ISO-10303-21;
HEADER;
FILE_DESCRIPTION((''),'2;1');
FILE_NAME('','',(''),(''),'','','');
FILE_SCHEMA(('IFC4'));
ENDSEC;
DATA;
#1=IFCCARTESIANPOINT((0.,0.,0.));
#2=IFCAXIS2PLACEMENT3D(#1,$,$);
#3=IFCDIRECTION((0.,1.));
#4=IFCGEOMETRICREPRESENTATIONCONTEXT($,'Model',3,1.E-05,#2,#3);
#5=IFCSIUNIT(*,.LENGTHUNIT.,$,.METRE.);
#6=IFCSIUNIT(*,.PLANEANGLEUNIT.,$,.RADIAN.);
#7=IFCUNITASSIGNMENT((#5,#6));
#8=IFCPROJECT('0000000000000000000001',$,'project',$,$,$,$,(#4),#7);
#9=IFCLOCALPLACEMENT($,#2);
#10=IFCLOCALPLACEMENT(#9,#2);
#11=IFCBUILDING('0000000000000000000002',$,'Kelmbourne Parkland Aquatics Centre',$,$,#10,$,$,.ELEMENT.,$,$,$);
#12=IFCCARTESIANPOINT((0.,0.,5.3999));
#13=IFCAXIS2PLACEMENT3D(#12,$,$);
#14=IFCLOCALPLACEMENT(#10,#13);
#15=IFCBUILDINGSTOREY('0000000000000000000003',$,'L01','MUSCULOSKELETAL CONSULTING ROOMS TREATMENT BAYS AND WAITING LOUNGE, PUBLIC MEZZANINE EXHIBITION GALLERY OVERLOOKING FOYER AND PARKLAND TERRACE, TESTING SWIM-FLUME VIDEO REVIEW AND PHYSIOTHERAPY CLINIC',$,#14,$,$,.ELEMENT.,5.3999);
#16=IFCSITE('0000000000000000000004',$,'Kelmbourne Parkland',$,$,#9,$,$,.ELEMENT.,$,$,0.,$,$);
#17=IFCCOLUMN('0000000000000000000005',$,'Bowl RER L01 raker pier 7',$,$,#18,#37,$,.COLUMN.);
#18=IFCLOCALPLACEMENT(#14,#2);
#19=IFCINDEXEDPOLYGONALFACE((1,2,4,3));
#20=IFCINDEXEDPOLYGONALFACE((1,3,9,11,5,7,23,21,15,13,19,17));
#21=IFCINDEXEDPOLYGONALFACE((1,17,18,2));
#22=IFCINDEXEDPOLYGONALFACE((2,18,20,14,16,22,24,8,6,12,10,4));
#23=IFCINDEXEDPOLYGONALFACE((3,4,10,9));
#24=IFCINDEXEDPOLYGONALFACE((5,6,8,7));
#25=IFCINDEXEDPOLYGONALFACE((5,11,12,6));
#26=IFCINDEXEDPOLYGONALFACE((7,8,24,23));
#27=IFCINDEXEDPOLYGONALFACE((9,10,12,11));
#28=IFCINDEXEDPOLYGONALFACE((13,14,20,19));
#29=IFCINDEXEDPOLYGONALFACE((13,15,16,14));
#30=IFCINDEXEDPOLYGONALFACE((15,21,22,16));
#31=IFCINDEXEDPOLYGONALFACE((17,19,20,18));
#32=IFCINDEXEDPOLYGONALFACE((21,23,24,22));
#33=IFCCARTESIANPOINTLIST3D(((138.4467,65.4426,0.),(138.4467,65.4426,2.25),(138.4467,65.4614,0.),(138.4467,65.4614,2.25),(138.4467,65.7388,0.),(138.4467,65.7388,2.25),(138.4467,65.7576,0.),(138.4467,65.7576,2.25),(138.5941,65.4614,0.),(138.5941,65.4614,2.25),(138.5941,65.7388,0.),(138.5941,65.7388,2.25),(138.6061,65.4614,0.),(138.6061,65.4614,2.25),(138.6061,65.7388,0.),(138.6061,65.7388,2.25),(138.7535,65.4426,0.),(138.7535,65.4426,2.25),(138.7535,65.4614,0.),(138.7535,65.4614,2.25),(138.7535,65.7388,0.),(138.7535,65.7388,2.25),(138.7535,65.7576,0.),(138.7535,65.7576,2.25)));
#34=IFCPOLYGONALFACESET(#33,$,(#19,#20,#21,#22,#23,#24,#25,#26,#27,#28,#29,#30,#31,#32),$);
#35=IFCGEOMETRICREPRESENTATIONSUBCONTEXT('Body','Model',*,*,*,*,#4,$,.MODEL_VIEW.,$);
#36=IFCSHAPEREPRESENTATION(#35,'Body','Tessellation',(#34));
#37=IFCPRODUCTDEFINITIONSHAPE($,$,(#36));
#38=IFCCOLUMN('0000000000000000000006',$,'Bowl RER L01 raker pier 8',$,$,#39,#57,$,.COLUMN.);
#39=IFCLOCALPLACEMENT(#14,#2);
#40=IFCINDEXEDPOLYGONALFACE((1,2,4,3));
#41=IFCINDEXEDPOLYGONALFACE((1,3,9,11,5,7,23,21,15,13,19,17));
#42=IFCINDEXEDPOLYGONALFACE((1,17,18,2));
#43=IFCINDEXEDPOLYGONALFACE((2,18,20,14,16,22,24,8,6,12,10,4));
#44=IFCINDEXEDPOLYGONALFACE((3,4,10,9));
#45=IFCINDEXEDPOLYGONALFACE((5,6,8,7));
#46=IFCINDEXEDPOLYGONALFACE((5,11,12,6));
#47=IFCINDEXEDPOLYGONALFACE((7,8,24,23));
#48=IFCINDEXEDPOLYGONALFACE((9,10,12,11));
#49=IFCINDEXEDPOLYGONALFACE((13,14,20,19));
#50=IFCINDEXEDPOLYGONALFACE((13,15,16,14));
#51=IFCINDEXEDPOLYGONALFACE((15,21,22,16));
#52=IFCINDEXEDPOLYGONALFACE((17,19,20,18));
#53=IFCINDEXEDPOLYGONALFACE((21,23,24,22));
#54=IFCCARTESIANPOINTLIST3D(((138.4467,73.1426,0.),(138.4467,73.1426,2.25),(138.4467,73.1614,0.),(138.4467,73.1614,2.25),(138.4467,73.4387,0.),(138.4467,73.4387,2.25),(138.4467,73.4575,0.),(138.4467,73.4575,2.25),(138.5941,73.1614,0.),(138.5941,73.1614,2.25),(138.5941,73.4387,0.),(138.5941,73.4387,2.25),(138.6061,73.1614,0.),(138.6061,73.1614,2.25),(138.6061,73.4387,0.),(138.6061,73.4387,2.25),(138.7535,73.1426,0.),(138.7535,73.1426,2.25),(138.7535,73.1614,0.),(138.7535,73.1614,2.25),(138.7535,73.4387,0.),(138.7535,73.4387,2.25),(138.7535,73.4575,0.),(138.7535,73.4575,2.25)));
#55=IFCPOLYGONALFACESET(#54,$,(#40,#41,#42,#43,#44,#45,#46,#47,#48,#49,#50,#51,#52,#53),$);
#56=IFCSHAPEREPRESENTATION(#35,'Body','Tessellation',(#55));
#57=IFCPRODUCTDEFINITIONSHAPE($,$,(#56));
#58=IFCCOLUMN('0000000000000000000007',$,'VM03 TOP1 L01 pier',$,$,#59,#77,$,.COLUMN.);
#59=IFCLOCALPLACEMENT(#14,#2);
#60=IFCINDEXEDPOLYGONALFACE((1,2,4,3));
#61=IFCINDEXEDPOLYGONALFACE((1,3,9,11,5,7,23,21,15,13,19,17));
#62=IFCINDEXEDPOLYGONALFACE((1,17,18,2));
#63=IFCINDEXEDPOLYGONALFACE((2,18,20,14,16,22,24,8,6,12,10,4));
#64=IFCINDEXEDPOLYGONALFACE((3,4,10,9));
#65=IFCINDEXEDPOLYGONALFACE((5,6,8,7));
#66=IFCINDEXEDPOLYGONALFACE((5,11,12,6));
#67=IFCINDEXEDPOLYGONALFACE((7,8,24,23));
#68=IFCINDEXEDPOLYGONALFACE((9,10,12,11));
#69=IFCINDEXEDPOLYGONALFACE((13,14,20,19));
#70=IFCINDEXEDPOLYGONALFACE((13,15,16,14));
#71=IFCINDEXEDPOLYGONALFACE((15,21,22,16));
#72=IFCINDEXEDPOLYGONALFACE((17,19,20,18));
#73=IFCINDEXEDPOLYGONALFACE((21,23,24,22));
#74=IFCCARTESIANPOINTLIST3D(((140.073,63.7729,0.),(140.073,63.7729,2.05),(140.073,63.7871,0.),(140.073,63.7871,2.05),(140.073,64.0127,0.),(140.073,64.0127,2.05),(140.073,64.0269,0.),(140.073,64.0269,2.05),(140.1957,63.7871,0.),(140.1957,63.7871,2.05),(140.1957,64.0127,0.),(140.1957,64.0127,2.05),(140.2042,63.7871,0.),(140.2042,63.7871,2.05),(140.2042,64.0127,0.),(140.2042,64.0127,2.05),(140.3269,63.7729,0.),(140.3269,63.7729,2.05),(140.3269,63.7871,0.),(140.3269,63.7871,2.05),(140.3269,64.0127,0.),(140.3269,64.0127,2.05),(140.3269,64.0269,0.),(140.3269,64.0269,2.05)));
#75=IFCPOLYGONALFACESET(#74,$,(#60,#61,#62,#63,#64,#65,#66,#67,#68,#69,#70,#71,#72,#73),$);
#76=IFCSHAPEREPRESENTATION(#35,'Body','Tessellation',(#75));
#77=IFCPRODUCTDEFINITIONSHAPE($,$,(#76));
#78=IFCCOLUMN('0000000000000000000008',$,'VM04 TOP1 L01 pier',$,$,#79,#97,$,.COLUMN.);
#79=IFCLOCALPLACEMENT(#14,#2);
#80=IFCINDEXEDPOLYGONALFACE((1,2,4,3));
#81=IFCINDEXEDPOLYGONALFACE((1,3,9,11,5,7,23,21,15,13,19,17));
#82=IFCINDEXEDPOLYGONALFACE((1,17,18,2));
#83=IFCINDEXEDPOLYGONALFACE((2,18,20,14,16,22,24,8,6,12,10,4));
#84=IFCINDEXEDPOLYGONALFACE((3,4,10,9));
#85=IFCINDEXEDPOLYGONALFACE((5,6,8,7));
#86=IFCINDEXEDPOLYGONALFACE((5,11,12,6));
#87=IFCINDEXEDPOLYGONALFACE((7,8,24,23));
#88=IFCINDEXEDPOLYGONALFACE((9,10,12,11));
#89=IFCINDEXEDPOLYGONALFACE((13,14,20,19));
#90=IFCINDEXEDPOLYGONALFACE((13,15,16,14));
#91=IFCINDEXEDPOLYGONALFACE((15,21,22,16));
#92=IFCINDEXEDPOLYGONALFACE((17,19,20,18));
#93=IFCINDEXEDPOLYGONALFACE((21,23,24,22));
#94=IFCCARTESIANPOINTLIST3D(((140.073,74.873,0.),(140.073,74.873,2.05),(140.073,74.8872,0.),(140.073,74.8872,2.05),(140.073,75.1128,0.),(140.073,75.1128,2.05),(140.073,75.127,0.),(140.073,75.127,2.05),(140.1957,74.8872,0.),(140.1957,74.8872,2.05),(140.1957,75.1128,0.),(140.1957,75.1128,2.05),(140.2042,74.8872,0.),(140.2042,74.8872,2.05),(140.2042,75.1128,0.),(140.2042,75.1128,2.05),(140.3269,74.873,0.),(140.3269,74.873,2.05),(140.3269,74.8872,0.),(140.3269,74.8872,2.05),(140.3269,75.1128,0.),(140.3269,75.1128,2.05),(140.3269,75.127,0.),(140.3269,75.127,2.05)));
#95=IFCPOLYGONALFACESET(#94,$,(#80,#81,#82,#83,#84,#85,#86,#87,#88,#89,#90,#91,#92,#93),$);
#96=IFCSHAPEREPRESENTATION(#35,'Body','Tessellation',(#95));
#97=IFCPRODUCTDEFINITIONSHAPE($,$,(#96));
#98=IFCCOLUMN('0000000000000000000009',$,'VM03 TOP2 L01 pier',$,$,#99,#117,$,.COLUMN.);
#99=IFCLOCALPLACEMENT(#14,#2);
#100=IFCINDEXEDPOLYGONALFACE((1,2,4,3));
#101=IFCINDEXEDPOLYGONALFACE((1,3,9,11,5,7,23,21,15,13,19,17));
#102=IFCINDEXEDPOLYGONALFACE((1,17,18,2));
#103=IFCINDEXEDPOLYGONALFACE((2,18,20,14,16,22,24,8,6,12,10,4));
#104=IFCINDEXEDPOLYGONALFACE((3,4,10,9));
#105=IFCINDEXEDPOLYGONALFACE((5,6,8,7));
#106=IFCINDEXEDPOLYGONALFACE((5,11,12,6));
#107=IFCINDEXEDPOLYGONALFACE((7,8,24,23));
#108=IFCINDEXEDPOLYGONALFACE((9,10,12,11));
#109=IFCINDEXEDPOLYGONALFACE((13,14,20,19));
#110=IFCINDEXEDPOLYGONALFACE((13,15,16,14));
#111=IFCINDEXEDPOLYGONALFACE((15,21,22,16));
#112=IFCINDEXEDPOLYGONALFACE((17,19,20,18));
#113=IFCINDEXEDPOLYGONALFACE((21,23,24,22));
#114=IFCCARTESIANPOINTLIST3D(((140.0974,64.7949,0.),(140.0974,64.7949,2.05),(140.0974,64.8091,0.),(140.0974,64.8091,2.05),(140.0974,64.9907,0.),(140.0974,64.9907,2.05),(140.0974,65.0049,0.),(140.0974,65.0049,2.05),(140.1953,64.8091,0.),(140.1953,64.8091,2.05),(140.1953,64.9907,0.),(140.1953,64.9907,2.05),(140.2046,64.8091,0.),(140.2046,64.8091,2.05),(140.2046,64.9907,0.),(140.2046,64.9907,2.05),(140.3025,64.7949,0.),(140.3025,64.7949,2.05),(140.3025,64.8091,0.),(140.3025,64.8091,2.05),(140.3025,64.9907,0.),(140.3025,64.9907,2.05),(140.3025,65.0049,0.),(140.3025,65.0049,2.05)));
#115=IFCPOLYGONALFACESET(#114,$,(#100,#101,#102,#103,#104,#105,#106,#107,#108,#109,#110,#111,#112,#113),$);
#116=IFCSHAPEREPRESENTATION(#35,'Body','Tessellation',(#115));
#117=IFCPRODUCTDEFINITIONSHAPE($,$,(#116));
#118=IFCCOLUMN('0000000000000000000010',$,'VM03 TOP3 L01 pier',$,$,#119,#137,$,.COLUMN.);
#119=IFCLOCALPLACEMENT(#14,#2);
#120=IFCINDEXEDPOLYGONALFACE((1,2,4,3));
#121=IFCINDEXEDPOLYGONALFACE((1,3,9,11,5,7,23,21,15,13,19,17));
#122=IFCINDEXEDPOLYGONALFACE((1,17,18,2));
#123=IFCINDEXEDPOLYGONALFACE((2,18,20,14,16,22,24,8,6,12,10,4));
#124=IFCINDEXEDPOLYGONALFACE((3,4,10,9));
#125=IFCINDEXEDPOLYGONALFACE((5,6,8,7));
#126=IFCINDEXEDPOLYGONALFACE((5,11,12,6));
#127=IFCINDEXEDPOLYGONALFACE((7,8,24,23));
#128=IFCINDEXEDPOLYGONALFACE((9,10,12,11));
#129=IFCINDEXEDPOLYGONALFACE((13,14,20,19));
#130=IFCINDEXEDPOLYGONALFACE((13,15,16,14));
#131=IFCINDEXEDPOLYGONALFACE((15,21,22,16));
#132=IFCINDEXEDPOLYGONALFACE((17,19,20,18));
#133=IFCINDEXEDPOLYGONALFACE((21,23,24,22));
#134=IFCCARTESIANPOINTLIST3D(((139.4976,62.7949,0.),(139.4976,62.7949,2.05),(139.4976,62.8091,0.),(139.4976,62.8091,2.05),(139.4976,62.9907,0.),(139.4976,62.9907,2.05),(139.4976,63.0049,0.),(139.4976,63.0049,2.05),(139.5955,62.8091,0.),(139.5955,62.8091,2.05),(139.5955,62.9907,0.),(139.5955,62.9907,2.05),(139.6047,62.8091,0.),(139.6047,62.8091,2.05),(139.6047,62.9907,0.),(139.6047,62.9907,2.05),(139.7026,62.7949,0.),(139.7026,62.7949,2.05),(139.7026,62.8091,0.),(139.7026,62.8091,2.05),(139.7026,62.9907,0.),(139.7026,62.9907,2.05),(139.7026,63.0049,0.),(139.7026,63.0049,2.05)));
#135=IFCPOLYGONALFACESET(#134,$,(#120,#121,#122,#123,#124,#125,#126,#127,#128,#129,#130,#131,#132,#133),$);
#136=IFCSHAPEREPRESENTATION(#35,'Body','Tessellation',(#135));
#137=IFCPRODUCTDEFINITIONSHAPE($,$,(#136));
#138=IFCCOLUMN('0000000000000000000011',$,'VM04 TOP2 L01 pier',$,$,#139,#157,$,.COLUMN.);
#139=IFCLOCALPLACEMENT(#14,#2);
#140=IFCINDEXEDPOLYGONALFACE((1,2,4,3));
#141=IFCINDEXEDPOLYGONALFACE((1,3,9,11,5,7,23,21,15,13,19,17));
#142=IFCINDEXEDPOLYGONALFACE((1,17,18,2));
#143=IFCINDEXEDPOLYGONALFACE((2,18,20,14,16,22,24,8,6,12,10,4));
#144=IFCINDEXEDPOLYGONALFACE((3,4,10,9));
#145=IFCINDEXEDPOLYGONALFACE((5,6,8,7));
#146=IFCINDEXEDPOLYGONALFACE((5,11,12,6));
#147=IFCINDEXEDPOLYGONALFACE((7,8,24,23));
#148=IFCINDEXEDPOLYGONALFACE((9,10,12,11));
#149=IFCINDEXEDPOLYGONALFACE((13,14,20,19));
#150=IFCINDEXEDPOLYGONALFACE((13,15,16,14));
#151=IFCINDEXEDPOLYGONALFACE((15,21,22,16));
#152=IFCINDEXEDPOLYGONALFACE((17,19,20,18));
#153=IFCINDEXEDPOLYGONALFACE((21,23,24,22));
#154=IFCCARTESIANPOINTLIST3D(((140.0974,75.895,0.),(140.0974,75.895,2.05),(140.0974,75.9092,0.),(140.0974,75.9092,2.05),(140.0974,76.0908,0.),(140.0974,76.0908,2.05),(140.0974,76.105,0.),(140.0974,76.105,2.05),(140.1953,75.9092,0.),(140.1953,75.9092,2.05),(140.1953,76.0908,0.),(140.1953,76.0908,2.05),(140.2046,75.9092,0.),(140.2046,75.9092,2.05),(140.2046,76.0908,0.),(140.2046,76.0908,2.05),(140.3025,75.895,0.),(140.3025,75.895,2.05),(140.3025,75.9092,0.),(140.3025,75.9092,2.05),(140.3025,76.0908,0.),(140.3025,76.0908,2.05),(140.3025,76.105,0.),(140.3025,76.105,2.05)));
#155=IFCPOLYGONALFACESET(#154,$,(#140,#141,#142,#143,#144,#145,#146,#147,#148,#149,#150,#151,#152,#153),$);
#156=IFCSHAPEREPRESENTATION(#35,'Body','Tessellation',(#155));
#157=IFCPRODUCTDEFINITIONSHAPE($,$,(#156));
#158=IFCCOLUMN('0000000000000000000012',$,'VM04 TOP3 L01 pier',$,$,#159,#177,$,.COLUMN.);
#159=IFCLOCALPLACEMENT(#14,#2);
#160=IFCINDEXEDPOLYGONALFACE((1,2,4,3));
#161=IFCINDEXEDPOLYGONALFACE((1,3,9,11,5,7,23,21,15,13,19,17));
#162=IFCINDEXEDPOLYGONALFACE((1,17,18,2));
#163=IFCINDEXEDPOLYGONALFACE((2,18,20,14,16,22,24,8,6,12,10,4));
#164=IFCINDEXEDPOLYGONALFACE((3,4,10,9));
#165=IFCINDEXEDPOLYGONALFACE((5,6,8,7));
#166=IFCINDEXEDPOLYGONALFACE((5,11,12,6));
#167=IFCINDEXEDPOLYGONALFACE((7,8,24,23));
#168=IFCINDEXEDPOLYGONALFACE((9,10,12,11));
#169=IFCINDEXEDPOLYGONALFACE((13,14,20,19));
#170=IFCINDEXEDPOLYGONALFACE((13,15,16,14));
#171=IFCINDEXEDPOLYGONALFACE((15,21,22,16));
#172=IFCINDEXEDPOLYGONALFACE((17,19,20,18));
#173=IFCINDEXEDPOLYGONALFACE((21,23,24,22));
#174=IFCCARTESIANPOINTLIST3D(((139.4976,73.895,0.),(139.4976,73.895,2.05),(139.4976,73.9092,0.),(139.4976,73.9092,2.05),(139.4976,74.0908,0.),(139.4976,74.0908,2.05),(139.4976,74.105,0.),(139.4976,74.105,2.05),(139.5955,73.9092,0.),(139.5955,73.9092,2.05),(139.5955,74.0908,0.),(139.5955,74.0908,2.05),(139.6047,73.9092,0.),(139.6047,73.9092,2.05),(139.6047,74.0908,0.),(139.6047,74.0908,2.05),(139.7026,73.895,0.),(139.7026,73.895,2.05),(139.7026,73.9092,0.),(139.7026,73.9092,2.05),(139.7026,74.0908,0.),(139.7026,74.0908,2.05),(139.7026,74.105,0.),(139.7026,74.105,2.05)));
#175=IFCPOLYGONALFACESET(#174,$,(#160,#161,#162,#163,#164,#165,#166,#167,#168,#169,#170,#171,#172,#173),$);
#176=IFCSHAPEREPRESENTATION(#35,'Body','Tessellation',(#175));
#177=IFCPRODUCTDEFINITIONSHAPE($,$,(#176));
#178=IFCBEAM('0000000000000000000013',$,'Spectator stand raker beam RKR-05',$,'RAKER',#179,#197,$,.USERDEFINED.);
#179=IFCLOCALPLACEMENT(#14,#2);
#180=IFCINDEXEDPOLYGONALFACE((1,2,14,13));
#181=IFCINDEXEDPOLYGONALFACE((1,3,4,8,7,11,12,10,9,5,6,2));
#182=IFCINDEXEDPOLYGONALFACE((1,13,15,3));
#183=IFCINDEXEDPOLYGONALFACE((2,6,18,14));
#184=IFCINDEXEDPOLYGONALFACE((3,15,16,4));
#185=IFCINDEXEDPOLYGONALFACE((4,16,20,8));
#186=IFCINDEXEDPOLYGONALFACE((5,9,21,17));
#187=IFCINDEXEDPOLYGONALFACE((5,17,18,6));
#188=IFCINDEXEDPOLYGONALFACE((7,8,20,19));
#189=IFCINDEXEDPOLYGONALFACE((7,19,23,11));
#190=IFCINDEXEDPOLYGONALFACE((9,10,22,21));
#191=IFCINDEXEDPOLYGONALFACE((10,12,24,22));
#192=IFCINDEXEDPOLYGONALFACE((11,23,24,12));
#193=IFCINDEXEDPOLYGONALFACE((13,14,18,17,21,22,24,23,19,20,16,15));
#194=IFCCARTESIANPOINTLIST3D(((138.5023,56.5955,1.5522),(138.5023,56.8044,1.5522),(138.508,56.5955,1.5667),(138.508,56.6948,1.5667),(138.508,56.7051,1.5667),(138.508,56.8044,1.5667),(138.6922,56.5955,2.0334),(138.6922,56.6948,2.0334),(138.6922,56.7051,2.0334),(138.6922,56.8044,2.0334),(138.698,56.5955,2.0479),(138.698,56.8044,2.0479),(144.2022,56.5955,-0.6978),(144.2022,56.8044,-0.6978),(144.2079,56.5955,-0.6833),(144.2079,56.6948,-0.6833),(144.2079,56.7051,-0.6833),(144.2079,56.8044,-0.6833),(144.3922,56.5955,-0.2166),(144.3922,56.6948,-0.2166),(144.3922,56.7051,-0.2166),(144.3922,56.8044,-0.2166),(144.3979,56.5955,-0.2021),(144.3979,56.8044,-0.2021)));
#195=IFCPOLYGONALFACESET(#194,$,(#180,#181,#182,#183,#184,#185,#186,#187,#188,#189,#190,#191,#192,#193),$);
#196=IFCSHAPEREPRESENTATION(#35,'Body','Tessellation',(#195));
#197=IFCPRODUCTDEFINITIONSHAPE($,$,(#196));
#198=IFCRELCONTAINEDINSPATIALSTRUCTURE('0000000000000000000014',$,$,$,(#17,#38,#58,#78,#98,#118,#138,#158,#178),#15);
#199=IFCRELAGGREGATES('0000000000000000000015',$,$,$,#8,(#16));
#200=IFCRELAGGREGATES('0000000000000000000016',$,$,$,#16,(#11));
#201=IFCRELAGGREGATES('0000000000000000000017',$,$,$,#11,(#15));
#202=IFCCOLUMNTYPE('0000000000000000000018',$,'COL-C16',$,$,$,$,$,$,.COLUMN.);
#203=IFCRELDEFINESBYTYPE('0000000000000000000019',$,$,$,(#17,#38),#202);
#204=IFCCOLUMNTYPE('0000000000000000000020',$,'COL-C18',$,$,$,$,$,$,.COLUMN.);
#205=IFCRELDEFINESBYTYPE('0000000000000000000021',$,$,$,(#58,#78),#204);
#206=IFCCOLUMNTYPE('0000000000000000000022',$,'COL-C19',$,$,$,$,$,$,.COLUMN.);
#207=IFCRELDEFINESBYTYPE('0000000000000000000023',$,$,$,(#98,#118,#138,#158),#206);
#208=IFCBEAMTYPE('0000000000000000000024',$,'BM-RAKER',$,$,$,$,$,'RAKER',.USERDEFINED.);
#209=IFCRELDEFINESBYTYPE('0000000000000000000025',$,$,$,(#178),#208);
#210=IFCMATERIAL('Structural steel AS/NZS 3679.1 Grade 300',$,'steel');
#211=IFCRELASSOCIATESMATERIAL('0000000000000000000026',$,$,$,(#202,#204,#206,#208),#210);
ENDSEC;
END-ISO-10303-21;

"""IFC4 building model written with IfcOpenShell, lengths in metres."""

from ifc_helpers import new_model, si_unit, direction, frame, origin, origin_2d, place, context, subcontext, project, spatial, i_section, extrude, material, material_profile, profile_set, type_object, element, save


model = new_model("IFC4")

# Units and contexts
model_context = context("Model", 3, precision=1e-05, world=origin(), true_north=direction((0.0, 1.0)))
body_context = subcontext(model_context, "Body", "Model", "MODEL_VIEW")
ifc_project = project(units=[si_unit("LENGTHUNIT", "METRE"), si_unit("PLANEANGLEUNIT", "RADIAN")], contexts=[model_context])

# Site, building, storey
site_placement = place(None, origin())
site = spatial("IfcSite", under=ifc_project, at=site_placement, Name="Kelmbourne Parkland", CompositionType="ELEMENT", RefElevation=0.0)
building_placement = place(site_placement, origin())
building = spatial("IfcBuilding", under=site, at=building_placement, Name="Kelmbourne Parkland Aquatics Centre", CompositionType="ELEMENT")
storey_placement = place(building_placement, frame((0.0, 0.0, 5.3999)))
storey = spatial("IfcBuildingStorey", under=building, at=storey_placement, Name="L01", Description="MUSCULOSKELETAL CONSULTING ROOMS TREATMENT BAYS AND WAITING LOUNGE, PUBLIC MEZZANINE EXHIBITION GALLERY OVERLOOKING FOYER AND PARKLAND TERRACE, TESTING SWIM-FLUME VIDEO REVIEW AND PHYSIOTHERAPY CLINIC", CompositionType="ELEMENT", Elevation=5.3999)

# Columns
ifc_material_1 = material(Name="Structural steel AS/NZS 3679.1 Grade 300", Category="steel")
ifc_material_profile_1 = material_profile(ifc_material_1, i_section(OverallWidth=0.3069, OverallDepth=0.3149, WebThickness=0.012, FlangeThickness=0.0188, at=origin_2d()), Name="310UC118")
ifc_profile_set_1 = profile_set([ifc_material_profile_1], Name="Structural steel AS/NZS 3679.1 Grade 300")
column_type_1 = type_object("IfcColumnType", Name="COL-C16", PredefinedType="COLUMN", material=ifc_profile_set_1)
for number, where, z_axis, x_axis, name in (
    (1, (138.6001, 65.6001, 0.0), (0.0, 0.0, 1.0), (1.0, 0.0, 0.0), "Bowl RER L01 raker pier 7"),
    (2, (138.6001, 73.3, 0.0), (0.0, 0.0, 1.0), (1.0, 0.0, 0.0), "Bowl RER L01 raker pier 8"),
):
    element("IfcColumn", number, at=place(storey_placement, frame(where, z_axis=z_axis, x_axis=x_axis)), inside=storey, type_object=column_type_1, Name=name, PredefinedType="COLUMN", context=body_context, shape_type="SweptSolid", body=[
        extrude(i_section(OverallWidth=0.3069, OverallDepth=0.3149, WebThickness=0.012, FlangeThickness=0.0188, at=origin_2d()), origin(), (0.0, 0.0, 1.0), 2.25),
    ])
ifc_material_profile_2 = material_profile(ifc_material_1, i_section(OverallWidth=0.2539, OverallDepth=0.2539, WebThickness=0.0085, FlangeThickness=0.0142, at=origin_2d()), Name="250UC72.9")
ifc_profile_set_2 = profile_set([ifc_material_profile_2], Name="Structural steel AS/NZS 3679.1 Grade 300")
column_type_2 = type_object("IfcColumnType", Name="COL-C18", PredefinedType="COLUMN", material=ifc_profile_set_2)
for number, where, z_axis, x_axis, name in (
    (3, (140.2, 63.8999, 0.0), (0.0, 0.0, 1.0), (1.0, 0.0, 0.0), "VM03 TOP1 L01 pier"),
    (4, (140.2, 75.0, 0.0), (0.0, 0.0, 1.0), (1.0, 0.0, 0.0), "VM04 TOP1 L01 pier"),
):
    element("IfcColumn", number, at=place(storey_placement, frame(where, z_axis=z_axis, x_axis=x_axis)), inside=storey, type_object=column_type_2, Name=name, PredefinedType="COLUMN", context=body_context, shape_type="SweptSolid", body=[
        extrude(i_section(OverallWidth=0.2539, OverallDepth=0.2539, WebThickness=0.0085, FlangeThickness=0.0142, at=origin_2d()), origin(), (0.0, 0.0, 1.0), 2.05),
    ])
ifc_material_profile_3 = material_profile(ifc_material_1, i_section(OverallWidth=0.2051, OverallDepth=0.21, WebThickness=0.0093, FlangeThickness=0.0142, at=origin_2d()), Name="200UC59.5")
ifc_profile_set_3 = profile_set([ifc_material_profile_3], Name="Structural steel AS/NZS 3679.1 Grade 300")
column_type_3 = type_object("IfcColumnType", Name="COL-C19", PredefinedType="COLUMN", material=ifc_profile_set_3)
for number, where, z_axis, x_axis, name in (
    (5, (140.2, 64.8999, 0.0), (0.0, 0.0, 1.0), (1.0, 0.0, 0.0), "VM03 TOP2 L01 pier"),
    (6, (139.6001, 62.8999, 0.0), (0.0, 0.0, 1.0), (1.0, 0.0, 0.0), "VM03 TOP3 L01 pier"),
    (7, (140.2, 76.0, 0.0), (0.0, 0.0, 1.0), (1.0, 0.0, 0.0), "VM04 TOP2 L01 pier"),
    (8, (139.6001, 74.0, 0.0), (0.0, 0.0, 1.0), (1.0, 0.0, 0.0), "VM04 TOP3 L01 pier"),
):
    element("IfcColumn", number, at=place(storey_placement, frame(where, z_axis=z_axis, x_axis=x_axis)), inside=storey, type_object=column_type_3, Name=name, PredefinedType="COLUMN", context=body_context, shape_type="SweptSolid", body=[
        extrude(i_section(OverallWidth=0.2051, OverallDepth=0.21, WebThickness=0.0093, FlangeThickness=0.0142, at=origin_2d()), origin(), (0.0, 0.0, 1.0), 2.05),
    ])

# Beam
ifc_material_profile_4 = material_profile(ifc_material_1, i_section(OverallWidth=0.209, OverallDepth=0.533, WebThickness=0.0103, FlangeThickness=0.0156, at=origin_2d()), Name="530UB92.4")
ifc_profile_set_4 = profile_set([ifc_material_profile_4], Name="Structural steel AS/NZS 3679.1 Grade 300")
beam_type = type_object("IfcBeamType", Name="BM-RAKER", ElementType="RAKER", PredefinedType="USERDEFINED", material=ifc_profile_set_4)
for number, where, z_axis, x_axis, name in (
    (9, (144.3, 56.7, -0.45), (-0.930154, 0.0, 0.367169), (0.0, -1.0, 0.0), "Spectator stand raker beam RKR-05"),
):
    element("IfcBeam", number, at=place(storey_placement, frame(where, z_axis=z_axis, x_axis=x_axis)), inside=storey, type_object=beam_type, Name=name, ObjectType="RAKER", PredefinedType="USERDEFINED", context=body_context, shape_type="SweptSolid", body=[
        extrude(i_section(OverallWidth=0.209, OverallDepth=0.533, WebThickness=0.0103, FlangeThickness=0.0156, at=origin_2d()), origin(), (0.0, 0.0, 1.0), 6.1279),
    ])

save(model, "model.ifc")
